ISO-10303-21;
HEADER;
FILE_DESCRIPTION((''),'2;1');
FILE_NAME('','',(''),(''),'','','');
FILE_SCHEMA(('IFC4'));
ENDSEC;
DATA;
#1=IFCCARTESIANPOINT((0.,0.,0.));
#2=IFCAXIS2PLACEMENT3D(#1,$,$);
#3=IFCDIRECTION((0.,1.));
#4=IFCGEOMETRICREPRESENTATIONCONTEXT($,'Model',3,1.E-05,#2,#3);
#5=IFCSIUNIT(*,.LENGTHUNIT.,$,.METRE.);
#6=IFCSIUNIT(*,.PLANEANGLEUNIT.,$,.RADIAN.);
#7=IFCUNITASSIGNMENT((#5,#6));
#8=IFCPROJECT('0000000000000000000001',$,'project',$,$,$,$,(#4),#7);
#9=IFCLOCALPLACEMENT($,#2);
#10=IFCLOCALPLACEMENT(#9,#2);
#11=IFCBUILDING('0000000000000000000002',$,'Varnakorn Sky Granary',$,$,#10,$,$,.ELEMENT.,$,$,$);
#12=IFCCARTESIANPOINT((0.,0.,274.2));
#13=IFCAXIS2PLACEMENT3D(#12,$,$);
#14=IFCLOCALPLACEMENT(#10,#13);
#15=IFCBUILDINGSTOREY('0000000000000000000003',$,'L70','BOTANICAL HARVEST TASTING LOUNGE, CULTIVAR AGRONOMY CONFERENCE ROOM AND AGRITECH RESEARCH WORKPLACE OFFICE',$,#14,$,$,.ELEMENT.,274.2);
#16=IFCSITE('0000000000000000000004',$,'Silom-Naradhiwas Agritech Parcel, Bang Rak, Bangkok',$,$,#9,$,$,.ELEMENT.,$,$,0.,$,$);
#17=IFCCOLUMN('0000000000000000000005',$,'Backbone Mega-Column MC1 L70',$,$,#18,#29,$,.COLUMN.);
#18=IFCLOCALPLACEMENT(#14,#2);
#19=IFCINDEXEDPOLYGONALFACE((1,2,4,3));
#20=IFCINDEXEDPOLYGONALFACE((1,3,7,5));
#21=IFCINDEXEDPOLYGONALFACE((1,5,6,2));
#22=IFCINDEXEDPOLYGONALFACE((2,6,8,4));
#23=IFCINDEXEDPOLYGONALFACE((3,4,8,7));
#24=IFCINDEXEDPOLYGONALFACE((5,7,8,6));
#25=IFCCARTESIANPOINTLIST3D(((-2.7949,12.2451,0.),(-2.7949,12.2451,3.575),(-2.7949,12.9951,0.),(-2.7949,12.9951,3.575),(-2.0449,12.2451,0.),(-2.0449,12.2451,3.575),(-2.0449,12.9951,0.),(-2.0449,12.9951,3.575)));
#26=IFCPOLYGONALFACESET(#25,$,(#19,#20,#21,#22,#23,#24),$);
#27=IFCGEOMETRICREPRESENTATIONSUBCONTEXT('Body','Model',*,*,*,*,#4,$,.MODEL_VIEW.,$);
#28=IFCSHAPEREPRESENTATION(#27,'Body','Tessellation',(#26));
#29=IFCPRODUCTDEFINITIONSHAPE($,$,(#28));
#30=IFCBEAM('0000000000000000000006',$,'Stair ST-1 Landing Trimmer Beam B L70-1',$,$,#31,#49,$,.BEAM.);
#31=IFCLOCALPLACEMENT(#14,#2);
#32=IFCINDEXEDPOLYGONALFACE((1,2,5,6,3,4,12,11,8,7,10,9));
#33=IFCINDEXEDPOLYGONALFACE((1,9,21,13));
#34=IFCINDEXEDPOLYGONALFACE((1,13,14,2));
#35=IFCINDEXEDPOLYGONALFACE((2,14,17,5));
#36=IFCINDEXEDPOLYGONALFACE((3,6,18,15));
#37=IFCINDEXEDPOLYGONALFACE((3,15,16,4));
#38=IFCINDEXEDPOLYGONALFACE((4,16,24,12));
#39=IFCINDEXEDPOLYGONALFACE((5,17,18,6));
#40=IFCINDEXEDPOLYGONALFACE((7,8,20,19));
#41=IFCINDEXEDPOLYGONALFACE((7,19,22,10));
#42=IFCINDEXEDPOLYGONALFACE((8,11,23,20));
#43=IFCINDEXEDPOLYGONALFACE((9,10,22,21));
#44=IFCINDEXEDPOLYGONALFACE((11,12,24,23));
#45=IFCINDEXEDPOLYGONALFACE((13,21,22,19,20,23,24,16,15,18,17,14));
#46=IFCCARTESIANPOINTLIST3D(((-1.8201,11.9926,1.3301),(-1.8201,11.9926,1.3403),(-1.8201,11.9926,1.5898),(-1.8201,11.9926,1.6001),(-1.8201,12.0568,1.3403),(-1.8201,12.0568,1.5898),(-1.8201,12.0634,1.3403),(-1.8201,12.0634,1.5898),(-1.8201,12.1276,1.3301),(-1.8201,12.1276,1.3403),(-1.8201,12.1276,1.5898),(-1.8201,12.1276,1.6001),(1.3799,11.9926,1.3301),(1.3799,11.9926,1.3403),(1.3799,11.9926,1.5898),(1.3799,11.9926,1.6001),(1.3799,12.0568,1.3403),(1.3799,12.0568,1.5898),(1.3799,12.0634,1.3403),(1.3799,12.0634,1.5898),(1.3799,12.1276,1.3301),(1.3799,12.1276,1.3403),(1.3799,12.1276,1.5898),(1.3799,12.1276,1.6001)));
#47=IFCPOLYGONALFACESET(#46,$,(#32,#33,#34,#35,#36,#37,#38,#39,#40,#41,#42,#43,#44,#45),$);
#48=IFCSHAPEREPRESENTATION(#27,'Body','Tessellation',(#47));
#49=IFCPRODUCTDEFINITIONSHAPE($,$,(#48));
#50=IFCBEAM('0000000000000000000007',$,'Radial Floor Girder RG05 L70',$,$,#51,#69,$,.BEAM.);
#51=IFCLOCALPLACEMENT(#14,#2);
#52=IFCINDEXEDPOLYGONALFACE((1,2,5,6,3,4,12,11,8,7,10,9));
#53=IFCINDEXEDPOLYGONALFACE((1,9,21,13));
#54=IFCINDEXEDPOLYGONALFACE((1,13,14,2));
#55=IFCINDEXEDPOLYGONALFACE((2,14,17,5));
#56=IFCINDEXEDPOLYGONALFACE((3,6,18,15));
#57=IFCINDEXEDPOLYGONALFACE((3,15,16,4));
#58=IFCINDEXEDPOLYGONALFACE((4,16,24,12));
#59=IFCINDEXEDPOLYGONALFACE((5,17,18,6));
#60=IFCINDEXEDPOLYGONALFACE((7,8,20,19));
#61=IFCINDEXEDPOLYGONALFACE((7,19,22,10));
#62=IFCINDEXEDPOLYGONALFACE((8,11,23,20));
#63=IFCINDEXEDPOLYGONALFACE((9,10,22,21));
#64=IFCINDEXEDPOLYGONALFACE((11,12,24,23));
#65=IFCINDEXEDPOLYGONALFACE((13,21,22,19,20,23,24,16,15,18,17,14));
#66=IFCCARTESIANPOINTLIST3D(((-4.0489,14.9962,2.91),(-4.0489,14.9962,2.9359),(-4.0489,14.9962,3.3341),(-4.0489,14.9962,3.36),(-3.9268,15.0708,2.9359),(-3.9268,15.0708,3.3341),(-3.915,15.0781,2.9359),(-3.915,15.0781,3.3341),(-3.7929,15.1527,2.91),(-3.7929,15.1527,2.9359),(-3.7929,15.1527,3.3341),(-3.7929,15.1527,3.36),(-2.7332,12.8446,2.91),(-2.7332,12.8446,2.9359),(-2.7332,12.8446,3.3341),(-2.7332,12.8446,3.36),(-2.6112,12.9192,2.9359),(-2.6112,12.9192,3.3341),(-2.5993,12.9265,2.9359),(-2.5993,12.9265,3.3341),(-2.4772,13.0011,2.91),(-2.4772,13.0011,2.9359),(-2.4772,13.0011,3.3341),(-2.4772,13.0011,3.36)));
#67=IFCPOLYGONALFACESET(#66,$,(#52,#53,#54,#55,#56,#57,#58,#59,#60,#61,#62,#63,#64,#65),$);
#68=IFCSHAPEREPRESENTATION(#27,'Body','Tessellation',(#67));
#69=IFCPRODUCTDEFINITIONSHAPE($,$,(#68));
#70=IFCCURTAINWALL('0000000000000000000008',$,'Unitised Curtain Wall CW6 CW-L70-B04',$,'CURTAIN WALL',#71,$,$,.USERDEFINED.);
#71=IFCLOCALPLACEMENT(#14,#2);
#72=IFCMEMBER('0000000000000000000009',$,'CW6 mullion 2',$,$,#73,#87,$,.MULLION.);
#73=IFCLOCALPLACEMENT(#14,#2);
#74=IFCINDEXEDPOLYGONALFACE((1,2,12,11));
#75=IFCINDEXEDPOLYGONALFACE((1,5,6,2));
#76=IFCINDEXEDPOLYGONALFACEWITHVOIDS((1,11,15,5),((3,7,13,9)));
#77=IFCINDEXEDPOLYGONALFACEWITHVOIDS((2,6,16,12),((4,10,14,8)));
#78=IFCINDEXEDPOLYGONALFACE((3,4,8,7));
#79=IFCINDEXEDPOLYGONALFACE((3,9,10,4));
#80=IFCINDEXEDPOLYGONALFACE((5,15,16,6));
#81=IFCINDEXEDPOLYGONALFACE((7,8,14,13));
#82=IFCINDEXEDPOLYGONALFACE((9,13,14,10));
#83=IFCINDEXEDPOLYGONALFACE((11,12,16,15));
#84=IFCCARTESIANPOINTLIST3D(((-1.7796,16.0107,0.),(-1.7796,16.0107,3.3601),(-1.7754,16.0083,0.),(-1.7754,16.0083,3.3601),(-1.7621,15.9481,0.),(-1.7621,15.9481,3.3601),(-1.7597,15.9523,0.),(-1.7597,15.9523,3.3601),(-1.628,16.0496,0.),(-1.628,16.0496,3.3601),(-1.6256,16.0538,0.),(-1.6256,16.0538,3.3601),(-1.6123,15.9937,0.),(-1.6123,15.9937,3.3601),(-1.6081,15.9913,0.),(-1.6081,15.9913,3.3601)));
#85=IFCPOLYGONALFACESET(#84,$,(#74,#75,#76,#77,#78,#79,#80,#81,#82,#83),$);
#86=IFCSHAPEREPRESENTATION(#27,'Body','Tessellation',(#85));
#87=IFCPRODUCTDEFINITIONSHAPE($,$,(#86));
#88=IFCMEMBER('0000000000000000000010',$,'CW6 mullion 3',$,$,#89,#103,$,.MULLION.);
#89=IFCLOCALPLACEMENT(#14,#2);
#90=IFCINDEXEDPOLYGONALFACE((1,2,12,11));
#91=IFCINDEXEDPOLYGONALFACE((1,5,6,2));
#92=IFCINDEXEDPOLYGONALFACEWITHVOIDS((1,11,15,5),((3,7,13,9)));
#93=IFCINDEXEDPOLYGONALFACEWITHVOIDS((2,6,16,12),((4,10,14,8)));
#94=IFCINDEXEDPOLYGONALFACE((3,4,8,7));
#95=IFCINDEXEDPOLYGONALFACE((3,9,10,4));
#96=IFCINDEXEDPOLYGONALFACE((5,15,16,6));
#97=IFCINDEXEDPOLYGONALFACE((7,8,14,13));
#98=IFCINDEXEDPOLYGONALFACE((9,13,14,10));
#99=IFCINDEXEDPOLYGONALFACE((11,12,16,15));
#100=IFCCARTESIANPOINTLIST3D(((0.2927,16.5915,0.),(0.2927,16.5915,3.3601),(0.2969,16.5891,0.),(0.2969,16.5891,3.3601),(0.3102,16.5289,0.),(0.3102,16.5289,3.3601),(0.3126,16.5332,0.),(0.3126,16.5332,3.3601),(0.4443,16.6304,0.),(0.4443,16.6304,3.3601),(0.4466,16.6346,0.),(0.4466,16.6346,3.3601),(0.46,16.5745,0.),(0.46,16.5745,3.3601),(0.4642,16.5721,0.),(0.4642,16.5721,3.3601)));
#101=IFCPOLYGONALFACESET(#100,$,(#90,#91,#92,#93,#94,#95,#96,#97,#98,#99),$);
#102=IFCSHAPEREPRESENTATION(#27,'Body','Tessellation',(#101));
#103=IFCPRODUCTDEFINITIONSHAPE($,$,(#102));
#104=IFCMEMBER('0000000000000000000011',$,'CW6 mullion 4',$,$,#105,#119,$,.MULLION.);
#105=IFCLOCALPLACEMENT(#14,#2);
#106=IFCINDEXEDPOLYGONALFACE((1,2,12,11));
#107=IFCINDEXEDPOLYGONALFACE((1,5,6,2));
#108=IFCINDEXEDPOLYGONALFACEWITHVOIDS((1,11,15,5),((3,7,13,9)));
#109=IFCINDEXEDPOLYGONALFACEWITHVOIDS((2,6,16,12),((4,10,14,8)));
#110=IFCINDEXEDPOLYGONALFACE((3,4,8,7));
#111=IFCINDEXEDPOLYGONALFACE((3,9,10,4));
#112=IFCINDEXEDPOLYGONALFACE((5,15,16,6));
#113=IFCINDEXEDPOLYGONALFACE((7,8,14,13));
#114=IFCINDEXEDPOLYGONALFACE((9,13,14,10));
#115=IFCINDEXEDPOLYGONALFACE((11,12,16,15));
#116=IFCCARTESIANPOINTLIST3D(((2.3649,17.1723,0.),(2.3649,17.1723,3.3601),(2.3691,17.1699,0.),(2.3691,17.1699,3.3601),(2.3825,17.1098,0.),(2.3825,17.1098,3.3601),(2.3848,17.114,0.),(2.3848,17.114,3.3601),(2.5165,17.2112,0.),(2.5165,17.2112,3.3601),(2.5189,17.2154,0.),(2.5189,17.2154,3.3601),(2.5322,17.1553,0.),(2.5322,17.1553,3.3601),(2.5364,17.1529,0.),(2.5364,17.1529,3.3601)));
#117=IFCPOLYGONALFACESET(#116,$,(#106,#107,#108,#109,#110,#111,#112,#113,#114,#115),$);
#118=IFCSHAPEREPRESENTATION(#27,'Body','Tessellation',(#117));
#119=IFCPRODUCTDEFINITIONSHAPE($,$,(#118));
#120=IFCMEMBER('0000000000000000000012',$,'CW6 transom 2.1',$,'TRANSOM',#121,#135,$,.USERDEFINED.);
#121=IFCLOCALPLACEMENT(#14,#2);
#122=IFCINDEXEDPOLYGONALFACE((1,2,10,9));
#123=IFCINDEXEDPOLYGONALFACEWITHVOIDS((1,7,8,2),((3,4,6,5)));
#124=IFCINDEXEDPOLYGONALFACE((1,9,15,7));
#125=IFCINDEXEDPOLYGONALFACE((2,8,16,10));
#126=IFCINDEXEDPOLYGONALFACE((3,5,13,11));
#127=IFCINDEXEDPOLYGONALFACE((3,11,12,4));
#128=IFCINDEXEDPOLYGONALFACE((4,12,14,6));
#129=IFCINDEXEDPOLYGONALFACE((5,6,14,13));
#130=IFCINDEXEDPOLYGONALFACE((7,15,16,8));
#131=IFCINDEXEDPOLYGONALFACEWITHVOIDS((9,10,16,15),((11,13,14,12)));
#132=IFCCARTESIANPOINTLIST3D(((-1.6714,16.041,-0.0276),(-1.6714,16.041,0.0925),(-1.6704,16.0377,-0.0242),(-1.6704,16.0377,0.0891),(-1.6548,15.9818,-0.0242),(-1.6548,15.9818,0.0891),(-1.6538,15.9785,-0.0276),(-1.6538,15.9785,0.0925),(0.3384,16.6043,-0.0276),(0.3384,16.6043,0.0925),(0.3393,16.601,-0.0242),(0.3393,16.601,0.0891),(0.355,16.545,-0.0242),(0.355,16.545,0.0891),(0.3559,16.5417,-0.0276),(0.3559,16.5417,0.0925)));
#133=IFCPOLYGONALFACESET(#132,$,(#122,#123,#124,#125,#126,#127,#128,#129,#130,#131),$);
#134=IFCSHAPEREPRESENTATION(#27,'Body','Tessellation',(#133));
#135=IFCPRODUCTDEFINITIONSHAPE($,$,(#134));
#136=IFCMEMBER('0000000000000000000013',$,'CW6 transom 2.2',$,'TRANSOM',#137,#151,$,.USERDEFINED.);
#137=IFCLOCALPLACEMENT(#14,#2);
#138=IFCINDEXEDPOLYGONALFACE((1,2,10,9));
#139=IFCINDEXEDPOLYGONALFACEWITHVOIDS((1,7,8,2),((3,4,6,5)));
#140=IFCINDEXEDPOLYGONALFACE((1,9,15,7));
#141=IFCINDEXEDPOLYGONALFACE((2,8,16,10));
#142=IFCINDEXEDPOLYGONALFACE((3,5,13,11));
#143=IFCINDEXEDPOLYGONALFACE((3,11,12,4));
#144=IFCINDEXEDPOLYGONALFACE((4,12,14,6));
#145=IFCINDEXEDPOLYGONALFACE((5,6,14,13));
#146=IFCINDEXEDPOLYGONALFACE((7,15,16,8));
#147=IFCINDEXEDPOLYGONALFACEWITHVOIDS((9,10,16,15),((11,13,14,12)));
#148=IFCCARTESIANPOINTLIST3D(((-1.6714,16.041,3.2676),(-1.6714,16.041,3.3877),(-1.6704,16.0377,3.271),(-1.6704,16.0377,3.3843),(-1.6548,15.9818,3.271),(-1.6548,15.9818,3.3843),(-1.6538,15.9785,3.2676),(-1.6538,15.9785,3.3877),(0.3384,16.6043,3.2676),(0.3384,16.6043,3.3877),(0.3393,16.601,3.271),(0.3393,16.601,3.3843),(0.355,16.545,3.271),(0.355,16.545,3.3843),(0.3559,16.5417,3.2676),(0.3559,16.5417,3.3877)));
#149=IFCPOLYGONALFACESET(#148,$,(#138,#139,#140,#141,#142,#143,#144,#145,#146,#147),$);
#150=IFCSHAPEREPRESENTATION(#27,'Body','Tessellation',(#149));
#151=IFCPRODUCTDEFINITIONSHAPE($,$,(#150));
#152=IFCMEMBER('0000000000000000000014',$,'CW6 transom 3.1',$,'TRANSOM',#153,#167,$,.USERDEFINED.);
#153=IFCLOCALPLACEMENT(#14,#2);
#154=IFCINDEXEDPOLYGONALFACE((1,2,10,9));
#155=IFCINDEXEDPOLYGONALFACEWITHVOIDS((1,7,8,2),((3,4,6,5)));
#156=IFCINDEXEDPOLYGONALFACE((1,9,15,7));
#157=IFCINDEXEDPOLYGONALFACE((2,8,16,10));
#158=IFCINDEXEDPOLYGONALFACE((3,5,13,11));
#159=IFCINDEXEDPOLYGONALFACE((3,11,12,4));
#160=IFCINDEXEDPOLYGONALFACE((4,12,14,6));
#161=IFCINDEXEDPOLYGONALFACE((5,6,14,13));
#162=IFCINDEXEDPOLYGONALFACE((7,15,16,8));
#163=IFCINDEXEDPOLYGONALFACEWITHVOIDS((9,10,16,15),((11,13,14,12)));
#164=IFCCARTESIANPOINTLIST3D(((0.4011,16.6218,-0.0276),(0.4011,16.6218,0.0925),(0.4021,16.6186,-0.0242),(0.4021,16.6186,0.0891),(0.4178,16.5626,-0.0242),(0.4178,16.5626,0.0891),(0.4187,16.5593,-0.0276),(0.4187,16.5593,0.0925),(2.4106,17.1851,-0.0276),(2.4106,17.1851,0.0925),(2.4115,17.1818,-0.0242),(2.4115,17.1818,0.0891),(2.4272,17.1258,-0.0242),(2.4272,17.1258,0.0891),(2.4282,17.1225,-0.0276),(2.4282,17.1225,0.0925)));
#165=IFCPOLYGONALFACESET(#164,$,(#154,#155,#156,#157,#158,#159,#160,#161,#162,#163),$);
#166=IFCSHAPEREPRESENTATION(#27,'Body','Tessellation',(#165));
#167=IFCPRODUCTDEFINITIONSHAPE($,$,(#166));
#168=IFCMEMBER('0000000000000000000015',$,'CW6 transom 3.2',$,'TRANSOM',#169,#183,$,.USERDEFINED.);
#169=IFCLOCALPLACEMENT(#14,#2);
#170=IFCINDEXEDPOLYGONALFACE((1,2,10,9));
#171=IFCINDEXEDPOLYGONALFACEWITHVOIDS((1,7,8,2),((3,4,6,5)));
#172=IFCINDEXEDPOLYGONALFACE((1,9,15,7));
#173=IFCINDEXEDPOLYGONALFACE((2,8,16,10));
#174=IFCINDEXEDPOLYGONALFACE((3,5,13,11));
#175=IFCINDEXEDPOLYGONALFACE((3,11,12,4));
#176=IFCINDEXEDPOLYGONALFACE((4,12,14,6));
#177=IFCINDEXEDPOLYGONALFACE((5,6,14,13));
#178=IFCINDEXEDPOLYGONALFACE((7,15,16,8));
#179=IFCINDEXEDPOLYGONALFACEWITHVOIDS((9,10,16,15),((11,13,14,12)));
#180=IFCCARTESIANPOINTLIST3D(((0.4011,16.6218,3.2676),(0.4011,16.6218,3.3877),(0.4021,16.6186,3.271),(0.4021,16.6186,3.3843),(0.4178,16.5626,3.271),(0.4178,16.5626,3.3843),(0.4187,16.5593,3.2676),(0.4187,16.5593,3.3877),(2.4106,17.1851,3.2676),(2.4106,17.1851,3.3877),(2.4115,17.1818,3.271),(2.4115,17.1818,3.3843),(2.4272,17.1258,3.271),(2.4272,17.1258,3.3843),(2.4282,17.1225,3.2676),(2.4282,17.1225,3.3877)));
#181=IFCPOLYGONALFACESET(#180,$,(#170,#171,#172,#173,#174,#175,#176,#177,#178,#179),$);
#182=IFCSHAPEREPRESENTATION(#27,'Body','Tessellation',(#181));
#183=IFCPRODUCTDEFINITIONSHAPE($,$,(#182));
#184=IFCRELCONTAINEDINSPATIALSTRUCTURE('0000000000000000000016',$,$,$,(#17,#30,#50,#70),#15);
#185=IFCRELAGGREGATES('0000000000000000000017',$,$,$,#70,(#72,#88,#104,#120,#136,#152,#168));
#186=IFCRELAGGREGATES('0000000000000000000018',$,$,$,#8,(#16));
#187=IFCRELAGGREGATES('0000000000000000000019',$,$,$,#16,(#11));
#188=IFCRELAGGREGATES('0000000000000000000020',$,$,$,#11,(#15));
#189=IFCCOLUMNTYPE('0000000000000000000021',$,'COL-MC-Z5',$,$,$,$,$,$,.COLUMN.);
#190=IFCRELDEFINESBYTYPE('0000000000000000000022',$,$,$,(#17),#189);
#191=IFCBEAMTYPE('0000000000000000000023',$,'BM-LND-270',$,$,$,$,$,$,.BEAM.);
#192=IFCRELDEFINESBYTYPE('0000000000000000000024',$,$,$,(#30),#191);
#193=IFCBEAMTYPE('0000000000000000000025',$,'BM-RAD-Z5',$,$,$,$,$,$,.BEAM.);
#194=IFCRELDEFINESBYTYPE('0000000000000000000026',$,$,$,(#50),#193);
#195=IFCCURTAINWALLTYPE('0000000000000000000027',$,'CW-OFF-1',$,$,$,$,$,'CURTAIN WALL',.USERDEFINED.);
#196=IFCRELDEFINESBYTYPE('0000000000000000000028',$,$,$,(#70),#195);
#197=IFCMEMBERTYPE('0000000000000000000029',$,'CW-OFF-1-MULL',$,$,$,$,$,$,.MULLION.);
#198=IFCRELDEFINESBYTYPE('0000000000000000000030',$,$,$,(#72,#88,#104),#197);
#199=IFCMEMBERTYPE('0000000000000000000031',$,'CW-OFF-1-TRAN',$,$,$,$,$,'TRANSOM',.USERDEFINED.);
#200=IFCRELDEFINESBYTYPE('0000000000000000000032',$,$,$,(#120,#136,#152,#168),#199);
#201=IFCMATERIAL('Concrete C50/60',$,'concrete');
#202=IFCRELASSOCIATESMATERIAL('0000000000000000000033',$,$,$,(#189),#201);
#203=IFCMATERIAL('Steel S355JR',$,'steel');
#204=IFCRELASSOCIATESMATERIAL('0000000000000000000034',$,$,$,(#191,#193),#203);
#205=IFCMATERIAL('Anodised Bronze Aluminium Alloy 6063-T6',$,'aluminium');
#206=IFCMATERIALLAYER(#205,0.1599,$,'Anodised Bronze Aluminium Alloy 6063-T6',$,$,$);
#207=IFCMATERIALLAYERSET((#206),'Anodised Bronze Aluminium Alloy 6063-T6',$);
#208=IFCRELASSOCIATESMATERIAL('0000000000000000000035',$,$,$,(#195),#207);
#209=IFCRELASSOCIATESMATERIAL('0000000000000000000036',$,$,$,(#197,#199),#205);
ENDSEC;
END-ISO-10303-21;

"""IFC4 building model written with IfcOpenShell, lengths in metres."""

from ifc_helpers import new_model, si_unit, direction, frame, origin, origin_2d, place, context, subcontext, project, spatial, rectangle, hollow_rectangle, i_section, extrude, material, layer, layer_set, material_profile, profile_set, type_object, element, aggregate, save


model = new_model("IFC4")

# Units and contexts
model_context = context("Model", 3, precision=1e-05, world=origin(), true_north=direction((0.0, 1.0)))
body_context = subcontext(model_context, "Body", "Model", "MODEL_VIEW")
ifc_project = project(units=[si_unit("LENGTHUNIT", "METRE"), si_unit("PLANEANGLEUNIT", "RADIAN")], contexts=[model_context])

# Site, building, storey
site_placement = place(None, origin())
site = spatial("IfcSite", under=ifc_project, at=site_placement, Name="Silom-Naradhiwas Agritech Parcel, Bang Rak, Bangkok", CompositionType="ELEMENT", RefElevation=0.0)
building_placement = place(site_placement, origin())
building = spatial("IfcBuilding", under=site, at=building_placement, Name="Varnakorn Sky Granary", CompositionType="ELEMENT")
storey_placement = place(building_placement, frame((0.0, 0.0, 274.2)))
storey = spatial("IfcBuildingStorey", under=building, at=storey_placement, Name="L70", Description="BOTANICAL HARVEST TASTING LOUNGE, CULTIVAR AGRONOMY CONFERENCE ROOM AND AGRITECH RESEARCH WORKPLACE OFFICE", CompositionType="ELEMENT", Elevation=274.2)

# Column
ifc_material_1 = material(Name="Concrete C50/60", Category="concrete")
ifc_material_profile_1 = material_profile(ifc_material_1, rectangle(XDim=0.75, YDim=0.75, at=origin_2d()), Name="RC 750x750")
ifc_profile_set_1 = profile_set([ifc_material_profile_1], Name="Concrete C50/60")
column_type = type_object("IfcColumnType", Name="COL-MC-Z5", PredefinedType="COLUMN", material=ifc_profile_set_1)
column_placement = place(storey_placement, frame((-2.4199, 12.6201, 0.0), z_axis=(0.0, 0.0, 1.0), x_axis=(1.0, 0.0, 0.0)))
element("IfcColumn", 1, at=column_placement, inside=storey, type_object=column_type, Name="Backbone Mega-Column MC1 L70", PredefinedType="COLUMN", context=body_context, shape_type="SweptSolid", body=[
    extrude(rectangle(XDim=0.75, YDim=0.75, at=origin_2d()), origin(), (0.0, 0.0, 1.0), 3.575),
])

# Beams
ifc_material_2 = material(Name="Steel S355JR", Category="steel")
ifc_material_profile_2 = material_profile(ifc_material_2, i_section(OverallWidth=0.135, OverallDepth=0.27, WebThickness=0.0066, FlangeThickness=0.0103, at=origin_2d()), Name="IPE 270")
ifc_profile_set_2 = profile_set([ifc_material_profile_2], Name="Steel S355JR")
beam_type_1 = type_object("IfcBeamType", Name="BM-LND-270", PredefinedType="BEAM", material=ifc_profile_set_2)
beam_1_placement = place(storey_placement, frame((-1.8201, 12.0601, 1.4651), z_axis=(1.0, 0.0, 0.0), x_axis=(0.0, 1.0, 0.0)))
element("IfcBeam", 2, at=beam_1_placement, inside=storey, type_object=beam_type_1, Name="Stair ST-1 Landing Trimmer Beam B L70-1", PredefinedType="BEAM", context=body_context, shape_type="SweptSolid", body=[
    extrude(i_section(OverallWidth=0.135, OverallDepth=0.27, WebThickness=0.0066, FlangeThickness=0.0103, at=origin_2d()), origin(), (0.0, 0.0, 1.0), 3.2),
])
ifc_material_profile_3 = material_profile(ifc_material_2, i_section(OverallWidth=0.3, OverallDepth=0.45, WebThickness=0.0139, FlangeThickness=0.0259, at=origin_2d()), Name="HE 450 B")
ifc_profile_set_3 = profile_set([ifc_material_profile_3], Name="Steel S355JR")
beam_type_2 = type_object("IfcBeamType", Name="BM-RAD-Z5", PredefinedType="BEAM", material=ifc_profile_set_3)
beam_2_placement = place(storey_placement, frame((-2.6052, 12.9229, 3.135), z_axis=(-0.521681, 0.853141, 0.0), x_axis=(-0.853141, -0.521681, 0.0)))
element("IfcBeam", 3, at=beam_2_placement, inside=storey, type_object=beam_type_2, Name="Radial Floor Girder RG05 L70", PredefinedType="BEAM", context=body_context, shape_type="SweptSolid", body=[
    extrude(i_section(OverallWidth=0.3, OverallDepth=0.45, WebThickness=0.0139, FlangeThickness=0.0259, at=origin_2d()), origin(), (0.0, 0.0, 1.0), 2.522),
])

# Curtain wall, members
ifc_material_3 = material(Name="Anodised Bronze Aluminium Alloy 6063-T6", Category="aluminium")
ifc_layer_1 = layer(ifc_material_3, 0.1599, Name="Anodised Bronze Aluminium Alloy 6063-T6")
ifc_layer_set_1 = layer_set([ifc_layer_1], Name="Anodised Bronze Aluminium Alloy 6063-T6")
curtain_wall_type = type_object("IfcCurtainWallType", Name="CW-OFF-1", ElementType="CURTAIN WALL", PredefinedType="USERDEFINED", material=ifc_layer_set_1)
curtain_wall_placement = place(storey_placement, origin())
curtain_wall = element("IfcCurtainWall", 4, at=curtain_wall_placement, inside=storey, type_object=curtain_wall_type, Name="Unitised Curtain Wall CW6 CW-L70-B04", ObjectType="CURTAIN WALL", PredefinedType="USERDEFINED")
ifc_material_profile_4 = material_profile(ifc_material_3, hollow_rectangle(XDim=0.0649, YDim=0.1599, WallThickness=0.0034, at=origin_2d()), Name="ALU MULL 65x160")
ifc_profile_set_4 = profile_set([ifc_material_profile_4], Name="Anodised Bronze Aluminium Alloy 6063-T6")
member_type_1 = type_object("IfcMemberType", Name="CW-OFF-1-MULL", PredefinedType="MULLION", material=ifc_profile_set_4)
member_1_placement = place(storey_placement, frame((-1.6938, 16.001, 0.0), z_axis=(0.0, 0.0, 1.0), x_axis=(-0.269869, 0.962897, 0.0)))
member_1 = element("IfcMember", 5, at=member_1_placement, type_object=member_type_1, Name="CW6 mullion 2", PredefinedType="MULLION", context=body_context, shape_type="SweptSolid", body=[
    extrude(hollow_rectangle(XDim=0.0649, YDim=0.1599, WallThickness=0.0034, at=origin_2d()), origin(), (0.0, 0.0, 1.0), 3.3601),
])
member_2_placement = place(storey_placement, frame((0.3784, 16.5818, 0.0), z_axis=(0.0, 0.0, 1.0), x_axis=(-0.269869, 0.962897, 0.0)))
member_2 = element("IfcMember", 6, at=member_2_placement, type_object=member_type_1, Name="CW6 mullion 3", PredefinedType="MULLION", context=body_context, shape_type="SweptSolid", body=[
    extrude(hollow_rectangle(XDim=0.0649, YDim=0.1599, WallThickness=0.0034, at=origin_2d()), origin(), (0.0, 0.0, 1.0), 3.3601),
])
member_3_placement = place(storey_placement, frame((2.4507, 17.1626, 0.0), z_axis=(0.0, 0.0, 1.0), x_axis=(-0.269869, 0.962897, 0.0)))
member_3 = element("IfcMember", 7, at=member_3_placement, type_object=member_type_1, Name="CW6 mullion 4", PredefinedType="MULLION", context=body_context, shape_type="SweptSolid", body=[
    extrude(hollow_rectangle(XDim=0.0649, YDim=0.1599, WallThickness=0.0034, at=origin_2d()), origin(), (0.0, 0.0, 1.0), 3.3601),
])
ifc_material_profile_5 = material_profile(ifc_material_3, hollow_rectangle(XDim=0.0649, YDim=0.1201, WallThickness=0.0034, at=origin_2d()), Name="ALU TRAN 65x120")
ifc_profile_set_5 = profile_set([ifc_material_profile_5], Name="Anodised Bronze Aluminium Alloy 6063-T6")
member_type_2 = type_object("IfcMemberType", Name="CW-OFF-1-TRAN", ElementType="TRANSOM", PredefinedType="USERDEFINED", material=ifc_profile_set_5)
member_4_placement = place(storey_placement, frame((-1.6626, 16.0098, 0.0325), z_axis=(0.962902, 0.269851, 0.0), x_axis=(-0.269851, 0.962902, 0.0)))
member_4 = element("IfcMember", 8, at=member_4_placement, type_object=member_type_2, Name="CW6 transom 2.1", ObjectType="TRANSOM", PredefinedType="USERDEFINED", context=body_context, shape_type="SweptSolid", body=[
    extrude(hollow_rectangle(XDim=0.0649, YDim=0.1201, WallThickness=0.0034, at=origin_2d()), origin(), (0.0, 0.0, 1.0), 2.0872),
])
member_5_placement = place(storey_placement, frame((-1.6626, 16.0098, 3.3276), z_axis=(0.962902, 0.269851, 0.0), x_axis=(-0.269851, 0.962902, 0.0)))
member_5 = element("IfcMember", 9, at=member_5_placement, type_object=member_type_2, Name="CW6 transom 2.2", ObjectType="TRANSOM", PredefinedType="USERDEFINED", context=body_context, shape_type="SweptSolid", body=[
    extrude(hollow_rectangle(XDim=0.0649, YDim=0.1201, WallThickness=0.0034, at=origin_2d()), origin(), (0.0, 0.0, 1.0), 2.0872),
])
member_6_placement = place(storey_placement, frame((0.4099, 16.5906, 0.0325), z_axis=(0.962894, 0.269882, 0.0), x_axis=(-0.269882, 0.962894, 0.0)))
member_6 = element("IfcMember", 10, at=member_6_placement, type_object=member_type_2, Name="CW6 transom 3.1", ObjectType="TRANSOM", PredefinedType="USERDEFINED", context=body_context, shape_type="SweptSolid", body=[
    extrude(hollow_rectangle(XDim=0.0649, YDim=0.1201, WallThickness=0.0034, at=origin_2d()), origin(), (0.0, 0.0, 1.0), 2.0869),
])
member_7_placement = place(storey_placement, frame((0.4099, 16.5906, 3.3276), z_axis=(0.962894, 0.269882, 0.0), x_axis=(-0.269882, 0.962894, 0.0)))
member_7 = element("IfcMember", 11, at=member_7_placement, type_object=member_type_2, Name="CW6 transom 3.2", ObjectType="TRANSOM", PredefinedType="USERDEFINED", context=body_context, shape_type="SweptSolid", body=[
    extrude(hollow_rectangle(XDim=0.0649, YDim=0.1201, WallThickness=0.0034, at=origin_2d()), origin(), (0.0, 0.0, 1.0), 2.0869),
])

aggregate(curtain_wall, [member_1, member_2, member_3, member_4, member_5, member_6, member_7])

save(model, "model.ifc")
